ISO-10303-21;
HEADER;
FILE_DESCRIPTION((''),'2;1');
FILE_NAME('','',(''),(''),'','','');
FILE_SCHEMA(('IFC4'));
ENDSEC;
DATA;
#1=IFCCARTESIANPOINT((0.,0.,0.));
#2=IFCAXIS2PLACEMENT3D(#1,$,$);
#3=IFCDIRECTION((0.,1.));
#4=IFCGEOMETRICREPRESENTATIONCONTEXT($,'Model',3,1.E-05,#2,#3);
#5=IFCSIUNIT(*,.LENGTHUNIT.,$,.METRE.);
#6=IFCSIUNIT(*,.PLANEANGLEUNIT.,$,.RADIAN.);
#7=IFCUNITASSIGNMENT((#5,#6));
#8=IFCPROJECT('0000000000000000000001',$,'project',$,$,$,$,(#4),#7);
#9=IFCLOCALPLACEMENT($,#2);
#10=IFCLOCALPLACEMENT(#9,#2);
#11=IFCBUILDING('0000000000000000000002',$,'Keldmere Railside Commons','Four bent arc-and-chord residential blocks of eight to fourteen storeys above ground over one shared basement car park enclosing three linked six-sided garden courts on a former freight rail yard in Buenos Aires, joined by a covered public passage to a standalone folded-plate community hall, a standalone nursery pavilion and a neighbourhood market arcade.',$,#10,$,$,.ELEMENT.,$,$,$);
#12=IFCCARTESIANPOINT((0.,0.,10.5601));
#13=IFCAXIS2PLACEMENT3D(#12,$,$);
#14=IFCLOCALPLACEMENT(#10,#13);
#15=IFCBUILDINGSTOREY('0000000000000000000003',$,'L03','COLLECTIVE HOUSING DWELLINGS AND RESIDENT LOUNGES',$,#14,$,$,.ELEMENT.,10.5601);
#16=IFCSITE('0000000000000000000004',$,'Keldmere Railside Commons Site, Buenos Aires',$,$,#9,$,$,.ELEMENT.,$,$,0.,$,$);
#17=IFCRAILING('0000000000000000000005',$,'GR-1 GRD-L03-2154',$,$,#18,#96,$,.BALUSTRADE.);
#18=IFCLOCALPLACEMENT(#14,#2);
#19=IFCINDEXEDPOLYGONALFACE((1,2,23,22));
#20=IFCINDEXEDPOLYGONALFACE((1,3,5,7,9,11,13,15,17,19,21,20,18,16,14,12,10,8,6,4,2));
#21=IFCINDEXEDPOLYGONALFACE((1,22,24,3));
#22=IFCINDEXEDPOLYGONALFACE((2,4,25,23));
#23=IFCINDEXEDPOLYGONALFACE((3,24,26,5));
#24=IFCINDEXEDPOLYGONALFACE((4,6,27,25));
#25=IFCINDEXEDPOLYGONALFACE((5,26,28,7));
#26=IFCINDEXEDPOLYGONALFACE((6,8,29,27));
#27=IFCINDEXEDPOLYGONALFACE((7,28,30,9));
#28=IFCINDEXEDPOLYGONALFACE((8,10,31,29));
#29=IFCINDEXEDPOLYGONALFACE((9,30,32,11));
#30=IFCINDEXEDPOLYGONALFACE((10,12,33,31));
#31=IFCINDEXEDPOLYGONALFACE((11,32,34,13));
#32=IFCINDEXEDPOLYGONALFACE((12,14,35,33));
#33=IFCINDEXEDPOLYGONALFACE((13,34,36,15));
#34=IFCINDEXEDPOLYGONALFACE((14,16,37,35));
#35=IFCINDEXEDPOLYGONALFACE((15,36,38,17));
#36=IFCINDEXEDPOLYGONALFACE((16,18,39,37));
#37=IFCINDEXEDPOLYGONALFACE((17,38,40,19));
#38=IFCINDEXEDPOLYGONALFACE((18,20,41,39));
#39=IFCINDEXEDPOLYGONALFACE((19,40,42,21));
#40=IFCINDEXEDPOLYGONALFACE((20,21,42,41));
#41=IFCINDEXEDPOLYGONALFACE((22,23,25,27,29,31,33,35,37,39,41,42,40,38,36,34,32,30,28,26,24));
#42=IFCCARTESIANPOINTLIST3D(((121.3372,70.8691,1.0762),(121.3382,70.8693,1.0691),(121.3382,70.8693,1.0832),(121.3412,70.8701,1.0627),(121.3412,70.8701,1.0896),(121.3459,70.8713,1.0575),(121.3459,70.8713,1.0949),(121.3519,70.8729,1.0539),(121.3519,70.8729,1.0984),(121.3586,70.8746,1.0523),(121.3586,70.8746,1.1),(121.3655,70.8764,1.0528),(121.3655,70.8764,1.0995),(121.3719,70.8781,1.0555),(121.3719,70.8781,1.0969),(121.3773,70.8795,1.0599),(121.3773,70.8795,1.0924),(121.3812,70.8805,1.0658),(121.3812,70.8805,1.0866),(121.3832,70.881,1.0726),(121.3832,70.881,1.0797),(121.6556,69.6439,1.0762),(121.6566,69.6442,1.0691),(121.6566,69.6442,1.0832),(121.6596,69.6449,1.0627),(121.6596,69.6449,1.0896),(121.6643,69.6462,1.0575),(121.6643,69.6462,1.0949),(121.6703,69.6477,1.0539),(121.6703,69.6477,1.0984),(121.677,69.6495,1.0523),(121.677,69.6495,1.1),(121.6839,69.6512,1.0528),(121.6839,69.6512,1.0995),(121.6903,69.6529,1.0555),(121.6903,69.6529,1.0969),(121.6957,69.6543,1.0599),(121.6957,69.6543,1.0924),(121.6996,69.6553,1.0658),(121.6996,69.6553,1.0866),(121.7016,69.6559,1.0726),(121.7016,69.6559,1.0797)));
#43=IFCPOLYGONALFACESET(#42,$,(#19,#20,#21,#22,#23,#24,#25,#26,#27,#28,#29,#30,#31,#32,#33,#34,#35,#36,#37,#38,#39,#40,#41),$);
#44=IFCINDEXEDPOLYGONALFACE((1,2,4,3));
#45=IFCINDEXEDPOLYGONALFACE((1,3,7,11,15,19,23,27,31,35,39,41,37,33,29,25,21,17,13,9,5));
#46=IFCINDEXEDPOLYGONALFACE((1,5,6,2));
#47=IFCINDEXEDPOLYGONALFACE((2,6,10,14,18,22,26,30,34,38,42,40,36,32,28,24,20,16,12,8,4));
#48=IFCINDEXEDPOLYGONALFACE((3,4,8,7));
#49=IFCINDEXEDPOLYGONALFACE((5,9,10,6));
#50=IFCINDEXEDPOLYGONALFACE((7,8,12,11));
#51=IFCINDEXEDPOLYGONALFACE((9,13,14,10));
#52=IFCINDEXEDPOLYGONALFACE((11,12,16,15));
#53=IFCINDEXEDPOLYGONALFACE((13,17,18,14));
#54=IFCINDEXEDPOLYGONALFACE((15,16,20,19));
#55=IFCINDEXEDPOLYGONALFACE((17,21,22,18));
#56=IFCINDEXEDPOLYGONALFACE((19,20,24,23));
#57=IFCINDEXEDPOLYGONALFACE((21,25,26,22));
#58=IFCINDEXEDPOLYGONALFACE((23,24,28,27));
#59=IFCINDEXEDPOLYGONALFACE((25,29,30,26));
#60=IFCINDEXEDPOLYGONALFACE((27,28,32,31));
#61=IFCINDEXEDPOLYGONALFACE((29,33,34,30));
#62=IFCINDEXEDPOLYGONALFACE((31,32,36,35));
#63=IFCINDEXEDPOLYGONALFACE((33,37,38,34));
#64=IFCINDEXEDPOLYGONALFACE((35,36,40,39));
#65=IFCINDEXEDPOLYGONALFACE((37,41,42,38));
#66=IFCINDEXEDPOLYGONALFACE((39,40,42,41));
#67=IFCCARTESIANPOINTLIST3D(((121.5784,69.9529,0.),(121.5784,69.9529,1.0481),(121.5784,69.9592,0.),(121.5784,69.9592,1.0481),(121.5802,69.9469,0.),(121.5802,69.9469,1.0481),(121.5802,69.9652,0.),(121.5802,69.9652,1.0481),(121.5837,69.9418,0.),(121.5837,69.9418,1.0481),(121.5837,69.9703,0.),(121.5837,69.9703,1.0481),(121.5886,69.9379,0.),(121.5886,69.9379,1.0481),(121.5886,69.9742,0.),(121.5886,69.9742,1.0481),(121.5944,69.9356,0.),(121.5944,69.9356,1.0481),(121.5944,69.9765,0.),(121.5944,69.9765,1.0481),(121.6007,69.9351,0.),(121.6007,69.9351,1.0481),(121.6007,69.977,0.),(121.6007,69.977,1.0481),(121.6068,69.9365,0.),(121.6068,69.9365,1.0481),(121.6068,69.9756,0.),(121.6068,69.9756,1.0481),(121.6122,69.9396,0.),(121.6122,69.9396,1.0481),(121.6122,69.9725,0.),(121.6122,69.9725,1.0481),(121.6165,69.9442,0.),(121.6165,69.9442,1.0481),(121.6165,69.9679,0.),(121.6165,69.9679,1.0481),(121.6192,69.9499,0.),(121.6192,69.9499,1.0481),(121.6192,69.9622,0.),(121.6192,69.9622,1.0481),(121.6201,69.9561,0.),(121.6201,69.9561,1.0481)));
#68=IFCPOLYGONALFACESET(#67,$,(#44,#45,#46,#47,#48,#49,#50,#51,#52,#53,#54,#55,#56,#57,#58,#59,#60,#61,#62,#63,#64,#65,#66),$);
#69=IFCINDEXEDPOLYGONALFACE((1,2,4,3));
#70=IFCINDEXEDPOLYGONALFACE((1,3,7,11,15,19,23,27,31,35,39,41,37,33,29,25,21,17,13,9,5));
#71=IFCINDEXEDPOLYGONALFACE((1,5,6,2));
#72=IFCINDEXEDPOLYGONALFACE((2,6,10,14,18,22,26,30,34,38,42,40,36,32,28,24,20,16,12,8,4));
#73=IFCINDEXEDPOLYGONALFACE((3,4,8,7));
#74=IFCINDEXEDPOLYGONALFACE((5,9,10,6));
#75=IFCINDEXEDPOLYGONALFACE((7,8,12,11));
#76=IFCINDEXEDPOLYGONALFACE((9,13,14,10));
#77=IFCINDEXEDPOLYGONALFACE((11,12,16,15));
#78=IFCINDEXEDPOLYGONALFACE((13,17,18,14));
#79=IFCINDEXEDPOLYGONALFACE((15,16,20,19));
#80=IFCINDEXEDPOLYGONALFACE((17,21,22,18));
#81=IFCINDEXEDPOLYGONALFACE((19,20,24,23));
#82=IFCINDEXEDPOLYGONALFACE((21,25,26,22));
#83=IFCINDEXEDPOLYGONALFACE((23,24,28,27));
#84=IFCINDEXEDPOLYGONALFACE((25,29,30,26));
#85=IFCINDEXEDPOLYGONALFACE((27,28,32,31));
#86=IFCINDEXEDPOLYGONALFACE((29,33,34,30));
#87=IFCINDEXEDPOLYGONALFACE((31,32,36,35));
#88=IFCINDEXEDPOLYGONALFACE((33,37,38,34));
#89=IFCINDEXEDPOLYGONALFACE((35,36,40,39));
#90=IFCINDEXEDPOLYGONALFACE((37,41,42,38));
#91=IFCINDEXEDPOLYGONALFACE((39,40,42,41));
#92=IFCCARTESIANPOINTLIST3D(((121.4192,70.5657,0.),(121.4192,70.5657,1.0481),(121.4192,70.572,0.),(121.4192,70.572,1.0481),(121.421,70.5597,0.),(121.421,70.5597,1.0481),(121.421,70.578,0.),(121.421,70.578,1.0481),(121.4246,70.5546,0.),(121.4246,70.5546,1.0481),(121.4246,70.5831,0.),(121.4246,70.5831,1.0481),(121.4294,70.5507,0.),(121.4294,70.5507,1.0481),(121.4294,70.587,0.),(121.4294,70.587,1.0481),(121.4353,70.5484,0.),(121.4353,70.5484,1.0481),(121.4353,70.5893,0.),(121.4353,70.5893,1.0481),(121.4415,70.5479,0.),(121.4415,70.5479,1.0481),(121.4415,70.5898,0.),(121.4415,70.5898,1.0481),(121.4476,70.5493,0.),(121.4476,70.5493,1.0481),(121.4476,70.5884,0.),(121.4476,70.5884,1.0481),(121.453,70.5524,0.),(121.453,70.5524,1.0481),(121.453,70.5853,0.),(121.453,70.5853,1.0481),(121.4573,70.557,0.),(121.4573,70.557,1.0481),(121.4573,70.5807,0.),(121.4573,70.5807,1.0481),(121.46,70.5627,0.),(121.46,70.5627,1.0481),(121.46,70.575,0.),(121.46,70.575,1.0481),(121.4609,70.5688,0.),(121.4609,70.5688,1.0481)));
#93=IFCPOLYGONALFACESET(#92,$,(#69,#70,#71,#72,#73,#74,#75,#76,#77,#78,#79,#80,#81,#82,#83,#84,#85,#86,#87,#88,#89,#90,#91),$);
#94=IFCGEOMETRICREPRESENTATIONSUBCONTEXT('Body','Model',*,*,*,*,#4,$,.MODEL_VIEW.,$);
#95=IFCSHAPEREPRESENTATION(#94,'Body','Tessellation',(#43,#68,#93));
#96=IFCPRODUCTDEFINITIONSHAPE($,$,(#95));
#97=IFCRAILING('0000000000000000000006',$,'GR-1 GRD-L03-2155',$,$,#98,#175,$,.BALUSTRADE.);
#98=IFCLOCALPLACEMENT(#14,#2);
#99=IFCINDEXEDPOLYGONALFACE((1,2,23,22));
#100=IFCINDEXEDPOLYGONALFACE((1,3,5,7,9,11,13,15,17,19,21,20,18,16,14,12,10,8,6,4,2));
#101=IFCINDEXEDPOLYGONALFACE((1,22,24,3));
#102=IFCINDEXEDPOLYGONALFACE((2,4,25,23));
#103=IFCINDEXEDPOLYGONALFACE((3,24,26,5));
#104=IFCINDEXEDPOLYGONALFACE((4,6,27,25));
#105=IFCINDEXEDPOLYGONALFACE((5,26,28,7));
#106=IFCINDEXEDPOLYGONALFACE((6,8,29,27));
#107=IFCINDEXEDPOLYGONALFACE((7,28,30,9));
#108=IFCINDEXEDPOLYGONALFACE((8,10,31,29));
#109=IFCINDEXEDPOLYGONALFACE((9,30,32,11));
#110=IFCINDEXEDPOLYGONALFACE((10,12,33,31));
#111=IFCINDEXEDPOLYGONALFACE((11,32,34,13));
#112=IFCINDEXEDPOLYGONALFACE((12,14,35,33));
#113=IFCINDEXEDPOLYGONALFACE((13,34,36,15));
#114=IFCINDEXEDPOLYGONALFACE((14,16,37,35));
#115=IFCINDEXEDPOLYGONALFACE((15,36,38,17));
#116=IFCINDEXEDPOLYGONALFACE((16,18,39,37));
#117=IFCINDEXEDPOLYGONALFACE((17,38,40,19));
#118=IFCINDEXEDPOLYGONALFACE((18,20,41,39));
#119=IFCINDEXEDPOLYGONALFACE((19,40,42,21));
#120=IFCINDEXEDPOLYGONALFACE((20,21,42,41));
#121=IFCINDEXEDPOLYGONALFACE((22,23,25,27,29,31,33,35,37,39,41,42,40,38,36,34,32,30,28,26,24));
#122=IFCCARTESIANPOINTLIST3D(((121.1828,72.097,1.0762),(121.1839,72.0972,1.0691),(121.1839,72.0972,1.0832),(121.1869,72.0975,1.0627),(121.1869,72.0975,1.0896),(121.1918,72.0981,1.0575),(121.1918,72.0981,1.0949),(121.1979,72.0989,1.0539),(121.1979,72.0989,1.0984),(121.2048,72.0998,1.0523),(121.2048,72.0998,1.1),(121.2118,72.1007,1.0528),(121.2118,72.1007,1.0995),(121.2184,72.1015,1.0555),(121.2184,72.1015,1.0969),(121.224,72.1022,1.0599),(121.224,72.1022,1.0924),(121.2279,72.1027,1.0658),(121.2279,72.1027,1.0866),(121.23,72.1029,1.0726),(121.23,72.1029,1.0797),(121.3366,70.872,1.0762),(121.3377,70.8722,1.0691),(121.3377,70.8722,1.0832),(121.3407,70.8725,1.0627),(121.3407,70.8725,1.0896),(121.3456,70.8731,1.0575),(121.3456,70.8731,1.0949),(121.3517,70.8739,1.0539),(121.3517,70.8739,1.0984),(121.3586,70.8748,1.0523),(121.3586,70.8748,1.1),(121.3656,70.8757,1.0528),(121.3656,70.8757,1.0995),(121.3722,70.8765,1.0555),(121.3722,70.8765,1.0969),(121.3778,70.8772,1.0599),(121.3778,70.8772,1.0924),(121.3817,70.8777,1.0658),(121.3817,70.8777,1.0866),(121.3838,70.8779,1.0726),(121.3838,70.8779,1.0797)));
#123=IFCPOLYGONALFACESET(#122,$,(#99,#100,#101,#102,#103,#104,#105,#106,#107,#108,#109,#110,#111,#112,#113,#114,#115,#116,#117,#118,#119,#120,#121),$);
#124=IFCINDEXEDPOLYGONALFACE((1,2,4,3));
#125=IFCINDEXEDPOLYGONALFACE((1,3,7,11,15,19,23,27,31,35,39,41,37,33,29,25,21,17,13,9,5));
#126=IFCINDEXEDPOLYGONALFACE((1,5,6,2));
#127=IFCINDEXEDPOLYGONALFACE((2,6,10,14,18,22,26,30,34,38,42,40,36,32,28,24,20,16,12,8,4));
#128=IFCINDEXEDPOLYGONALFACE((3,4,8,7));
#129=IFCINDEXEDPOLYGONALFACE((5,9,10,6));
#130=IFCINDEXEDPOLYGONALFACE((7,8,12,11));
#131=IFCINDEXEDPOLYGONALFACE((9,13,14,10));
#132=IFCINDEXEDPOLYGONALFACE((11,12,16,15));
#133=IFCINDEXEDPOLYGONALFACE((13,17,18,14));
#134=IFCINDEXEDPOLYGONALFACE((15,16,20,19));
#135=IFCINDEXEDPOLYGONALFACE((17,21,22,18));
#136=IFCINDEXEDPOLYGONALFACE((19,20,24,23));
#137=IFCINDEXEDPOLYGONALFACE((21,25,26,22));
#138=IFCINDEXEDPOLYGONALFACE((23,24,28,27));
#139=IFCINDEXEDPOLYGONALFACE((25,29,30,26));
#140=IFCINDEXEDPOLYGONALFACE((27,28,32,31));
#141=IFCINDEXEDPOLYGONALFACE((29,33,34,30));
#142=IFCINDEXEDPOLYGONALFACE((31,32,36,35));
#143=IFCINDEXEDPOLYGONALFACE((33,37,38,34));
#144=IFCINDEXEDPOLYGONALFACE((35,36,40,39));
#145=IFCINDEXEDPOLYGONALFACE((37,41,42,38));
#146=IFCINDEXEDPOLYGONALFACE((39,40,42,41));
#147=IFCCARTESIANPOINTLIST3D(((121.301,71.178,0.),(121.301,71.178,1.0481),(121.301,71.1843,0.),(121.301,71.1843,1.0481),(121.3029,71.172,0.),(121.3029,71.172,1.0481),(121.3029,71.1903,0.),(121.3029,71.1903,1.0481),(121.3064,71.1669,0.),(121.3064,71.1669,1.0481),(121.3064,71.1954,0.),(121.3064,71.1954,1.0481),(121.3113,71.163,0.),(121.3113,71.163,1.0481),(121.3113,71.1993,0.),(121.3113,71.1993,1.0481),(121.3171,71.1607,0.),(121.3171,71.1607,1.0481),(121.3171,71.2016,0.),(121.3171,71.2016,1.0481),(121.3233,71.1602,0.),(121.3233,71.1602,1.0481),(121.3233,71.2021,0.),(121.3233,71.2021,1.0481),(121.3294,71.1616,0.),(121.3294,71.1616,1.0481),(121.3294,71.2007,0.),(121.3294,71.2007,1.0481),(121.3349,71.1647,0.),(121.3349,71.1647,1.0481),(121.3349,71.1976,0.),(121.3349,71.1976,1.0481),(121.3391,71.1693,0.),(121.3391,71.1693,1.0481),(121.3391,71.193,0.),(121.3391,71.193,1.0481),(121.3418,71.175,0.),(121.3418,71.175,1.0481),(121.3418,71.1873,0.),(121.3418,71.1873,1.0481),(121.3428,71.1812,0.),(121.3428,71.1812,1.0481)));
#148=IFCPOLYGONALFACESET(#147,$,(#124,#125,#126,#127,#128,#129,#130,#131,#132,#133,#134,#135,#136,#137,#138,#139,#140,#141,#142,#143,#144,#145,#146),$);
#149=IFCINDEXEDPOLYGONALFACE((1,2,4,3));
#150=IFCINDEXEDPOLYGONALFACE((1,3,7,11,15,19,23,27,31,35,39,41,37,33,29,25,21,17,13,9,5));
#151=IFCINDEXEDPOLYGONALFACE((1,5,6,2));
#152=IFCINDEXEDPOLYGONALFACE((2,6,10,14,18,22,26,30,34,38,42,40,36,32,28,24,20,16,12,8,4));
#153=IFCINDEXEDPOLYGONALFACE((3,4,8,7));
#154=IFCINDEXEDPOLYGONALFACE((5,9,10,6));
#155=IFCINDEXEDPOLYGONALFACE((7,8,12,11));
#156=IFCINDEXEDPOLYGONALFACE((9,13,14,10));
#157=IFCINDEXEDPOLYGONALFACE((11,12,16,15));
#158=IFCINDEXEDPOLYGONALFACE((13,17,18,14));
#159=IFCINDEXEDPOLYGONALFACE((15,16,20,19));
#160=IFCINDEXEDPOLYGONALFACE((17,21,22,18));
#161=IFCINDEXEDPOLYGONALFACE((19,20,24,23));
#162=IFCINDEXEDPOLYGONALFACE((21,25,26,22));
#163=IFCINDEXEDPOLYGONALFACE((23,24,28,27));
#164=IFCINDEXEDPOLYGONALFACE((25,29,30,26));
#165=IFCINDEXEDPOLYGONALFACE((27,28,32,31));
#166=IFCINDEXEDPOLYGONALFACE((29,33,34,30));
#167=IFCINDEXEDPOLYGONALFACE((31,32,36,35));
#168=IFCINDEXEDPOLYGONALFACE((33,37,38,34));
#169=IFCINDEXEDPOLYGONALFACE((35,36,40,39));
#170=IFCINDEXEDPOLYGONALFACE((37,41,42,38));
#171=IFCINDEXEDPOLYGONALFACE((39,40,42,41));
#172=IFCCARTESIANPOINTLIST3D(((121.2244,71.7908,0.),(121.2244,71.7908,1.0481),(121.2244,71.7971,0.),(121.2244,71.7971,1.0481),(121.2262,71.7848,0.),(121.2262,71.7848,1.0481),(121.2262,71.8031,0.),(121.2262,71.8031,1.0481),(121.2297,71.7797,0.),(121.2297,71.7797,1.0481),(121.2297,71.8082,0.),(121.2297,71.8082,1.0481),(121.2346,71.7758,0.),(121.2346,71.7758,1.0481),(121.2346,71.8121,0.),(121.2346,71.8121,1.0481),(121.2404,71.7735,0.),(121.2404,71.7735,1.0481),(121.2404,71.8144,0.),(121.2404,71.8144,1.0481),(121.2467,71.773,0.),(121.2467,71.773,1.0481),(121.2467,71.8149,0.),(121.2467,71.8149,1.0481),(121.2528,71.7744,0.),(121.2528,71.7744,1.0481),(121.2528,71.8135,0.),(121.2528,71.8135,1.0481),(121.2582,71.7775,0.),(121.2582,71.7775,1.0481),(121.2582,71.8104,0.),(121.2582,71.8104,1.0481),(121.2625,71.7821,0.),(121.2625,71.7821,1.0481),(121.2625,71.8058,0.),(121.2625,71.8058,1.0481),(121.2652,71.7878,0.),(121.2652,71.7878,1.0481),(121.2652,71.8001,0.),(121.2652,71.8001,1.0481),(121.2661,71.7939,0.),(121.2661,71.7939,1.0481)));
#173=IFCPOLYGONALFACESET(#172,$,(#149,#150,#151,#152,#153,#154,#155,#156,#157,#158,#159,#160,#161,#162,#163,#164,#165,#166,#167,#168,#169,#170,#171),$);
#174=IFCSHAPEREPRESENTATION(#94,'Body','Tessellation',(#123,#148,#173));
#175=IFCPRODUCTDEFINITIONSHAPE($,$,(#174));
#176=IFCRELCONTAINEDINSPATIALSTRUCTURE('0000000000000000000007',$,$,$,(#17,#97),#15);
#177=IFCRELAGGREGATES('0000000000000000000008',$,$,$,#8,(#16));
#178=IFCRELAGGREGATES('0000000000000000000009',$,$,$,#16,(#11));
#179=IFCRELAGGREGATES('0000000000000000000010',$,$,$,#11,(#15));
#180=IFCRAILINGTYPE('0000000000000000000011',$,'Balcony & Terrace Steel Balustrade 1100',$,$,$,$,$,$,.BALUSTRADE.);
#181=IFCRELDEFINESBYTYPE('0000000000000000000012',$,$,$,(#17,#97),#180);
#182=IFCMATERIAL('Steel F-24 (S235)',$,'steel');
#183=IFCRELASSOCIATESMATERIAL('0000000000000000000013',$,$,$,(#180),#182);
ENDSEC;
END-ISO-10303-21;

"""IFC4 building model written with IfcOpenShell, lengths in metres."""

from ifc_helpers import new_model, si_unit, direction, frame, origin, origin_2d, place, context, subcontext, project, spatial, circle, extrude, material, type_object, element, save


model = new_model("IFC4")

# Units and contexts
model_context = context("Model", 3, precision=1e-05, world=origin(), true_north=direction((0.0, 1.0)))
body_context = subcontext(model_context, "Body", "Model", "MODEL_VIEW")
ifc_project = project(units=[si_unit("LENGTHUNIT", "METRE"), si_unit("PLANEANGLEUNIT", "RADIAN")], contexts=[model_context])

# Site, building, storey
site_placement = place(None, origin())
site = spatial("IfcSite", under=ifc_project, at=site_placement, Name="Keldmere Railside Commons Site, Buenos Aires", CompositionType="ELEMENT", RefElevation=0.0)
building_placement = place(site_placement, origin())
building = spatial("IfcBuilding", under=site, at=building_placement, Name="Keldmere Railside Commons", Description="Four bent arc-and-chord residential blocks of eight to fourteen storeys above ground over one shared basement car park enclosing three linked six-sided garden courts on a former freight rail yard in Buenos Aires, joined by a covered public passage to a standalone folded-plate community hall, a standalone nursery pavilion and a neighbourhood market arcade.", CompositionType="ELEMENT")
storey_placement = place(building_placement, frame((0.0, 0.0, 10.5601)))
storey = spatial("IfcBuildingStorey", under=building, at=storey_placement, Name="L03", Description="COLLECTIVE HOUSING DWELLINGS AND RESIDENT LOUNGES", CompositionType="ELEMENT", Elevation=10.5601)

# Railings
ifc_material_1 = material(Name="Steel F-24 (S235)", Category="steel")
railing_type = type_object("IfcRailingType", Name="Balcony & Terrace Steel Balustrade 1100", PredefinedType="BALUSTRADE", material=ifc_material_1)
railing_1_placement = place(storey_placement, frame((121.6787, 69.6499, 0.0)))
element("IfcRailing", 1, at=railing_1_placement, inside=storey, type_object=railing_type, Name="GR-1 GRD-L03-2154", PredefinedType="BALUSTRADE", context=body_context, shape_type="SweptSolid", body=[
    extrude(circle(Radius=0.0239, at=origin_2d()), frame((0.0, 0.0, 1.0762), z_axis=(-0.251511, 0.967854, 0.0), x_axis=(-0.967854, -0.251511, 0.0)), (0.0, 0.0, 1.0), 1.2659),
    extrude(circle(Radius=0.021, at=origin_2d()), frame((-0.0796, 0.3062, 0.0)), (0.0, 0.0, 1.0), 1.0481),
    extrude(circle(Radius=0.021, at=origin_2d()), frame((-0.2388, 0.9189, 0.0)), (0.0, 0.0, 1.0), 1.0481),
])
railing_2_placement = place(storey_placement, frame((121.3604, 70.875, 0.0)))
element("IfcRailing", 2, at=railing_2_placement, inside=storey, type_object=railing_type, Name="GR-1 GRD-L03-2155", PredefinedType="BALUSTRADE", context=body_context, shape_type="SweptSolid", body=[
    extrude(circle(Radius=0.0239, at=origin_2d()), frame((0.0, 0.0, 1.0762), z_axis=(-0.12457, 0.992211, 0.0), x_axis=(-0.992211, -0.12457, 0.0)), (0.0, 0.0, 1.0), 1.2346),
    extrude(circle(Radius=0.021, at=origin_2d()), frame((-0.0386, 0.3062, 0.0)), (0.0, 0.0, 1.0), 1.0481),
    extrude(circle(Radius=0.021, at=origin_2d()), frame((-0.1152, 0.9189, 0.0)), (0.0, 0.0, 1.0), 1.0481),
])

save(model, "model.ifc")
